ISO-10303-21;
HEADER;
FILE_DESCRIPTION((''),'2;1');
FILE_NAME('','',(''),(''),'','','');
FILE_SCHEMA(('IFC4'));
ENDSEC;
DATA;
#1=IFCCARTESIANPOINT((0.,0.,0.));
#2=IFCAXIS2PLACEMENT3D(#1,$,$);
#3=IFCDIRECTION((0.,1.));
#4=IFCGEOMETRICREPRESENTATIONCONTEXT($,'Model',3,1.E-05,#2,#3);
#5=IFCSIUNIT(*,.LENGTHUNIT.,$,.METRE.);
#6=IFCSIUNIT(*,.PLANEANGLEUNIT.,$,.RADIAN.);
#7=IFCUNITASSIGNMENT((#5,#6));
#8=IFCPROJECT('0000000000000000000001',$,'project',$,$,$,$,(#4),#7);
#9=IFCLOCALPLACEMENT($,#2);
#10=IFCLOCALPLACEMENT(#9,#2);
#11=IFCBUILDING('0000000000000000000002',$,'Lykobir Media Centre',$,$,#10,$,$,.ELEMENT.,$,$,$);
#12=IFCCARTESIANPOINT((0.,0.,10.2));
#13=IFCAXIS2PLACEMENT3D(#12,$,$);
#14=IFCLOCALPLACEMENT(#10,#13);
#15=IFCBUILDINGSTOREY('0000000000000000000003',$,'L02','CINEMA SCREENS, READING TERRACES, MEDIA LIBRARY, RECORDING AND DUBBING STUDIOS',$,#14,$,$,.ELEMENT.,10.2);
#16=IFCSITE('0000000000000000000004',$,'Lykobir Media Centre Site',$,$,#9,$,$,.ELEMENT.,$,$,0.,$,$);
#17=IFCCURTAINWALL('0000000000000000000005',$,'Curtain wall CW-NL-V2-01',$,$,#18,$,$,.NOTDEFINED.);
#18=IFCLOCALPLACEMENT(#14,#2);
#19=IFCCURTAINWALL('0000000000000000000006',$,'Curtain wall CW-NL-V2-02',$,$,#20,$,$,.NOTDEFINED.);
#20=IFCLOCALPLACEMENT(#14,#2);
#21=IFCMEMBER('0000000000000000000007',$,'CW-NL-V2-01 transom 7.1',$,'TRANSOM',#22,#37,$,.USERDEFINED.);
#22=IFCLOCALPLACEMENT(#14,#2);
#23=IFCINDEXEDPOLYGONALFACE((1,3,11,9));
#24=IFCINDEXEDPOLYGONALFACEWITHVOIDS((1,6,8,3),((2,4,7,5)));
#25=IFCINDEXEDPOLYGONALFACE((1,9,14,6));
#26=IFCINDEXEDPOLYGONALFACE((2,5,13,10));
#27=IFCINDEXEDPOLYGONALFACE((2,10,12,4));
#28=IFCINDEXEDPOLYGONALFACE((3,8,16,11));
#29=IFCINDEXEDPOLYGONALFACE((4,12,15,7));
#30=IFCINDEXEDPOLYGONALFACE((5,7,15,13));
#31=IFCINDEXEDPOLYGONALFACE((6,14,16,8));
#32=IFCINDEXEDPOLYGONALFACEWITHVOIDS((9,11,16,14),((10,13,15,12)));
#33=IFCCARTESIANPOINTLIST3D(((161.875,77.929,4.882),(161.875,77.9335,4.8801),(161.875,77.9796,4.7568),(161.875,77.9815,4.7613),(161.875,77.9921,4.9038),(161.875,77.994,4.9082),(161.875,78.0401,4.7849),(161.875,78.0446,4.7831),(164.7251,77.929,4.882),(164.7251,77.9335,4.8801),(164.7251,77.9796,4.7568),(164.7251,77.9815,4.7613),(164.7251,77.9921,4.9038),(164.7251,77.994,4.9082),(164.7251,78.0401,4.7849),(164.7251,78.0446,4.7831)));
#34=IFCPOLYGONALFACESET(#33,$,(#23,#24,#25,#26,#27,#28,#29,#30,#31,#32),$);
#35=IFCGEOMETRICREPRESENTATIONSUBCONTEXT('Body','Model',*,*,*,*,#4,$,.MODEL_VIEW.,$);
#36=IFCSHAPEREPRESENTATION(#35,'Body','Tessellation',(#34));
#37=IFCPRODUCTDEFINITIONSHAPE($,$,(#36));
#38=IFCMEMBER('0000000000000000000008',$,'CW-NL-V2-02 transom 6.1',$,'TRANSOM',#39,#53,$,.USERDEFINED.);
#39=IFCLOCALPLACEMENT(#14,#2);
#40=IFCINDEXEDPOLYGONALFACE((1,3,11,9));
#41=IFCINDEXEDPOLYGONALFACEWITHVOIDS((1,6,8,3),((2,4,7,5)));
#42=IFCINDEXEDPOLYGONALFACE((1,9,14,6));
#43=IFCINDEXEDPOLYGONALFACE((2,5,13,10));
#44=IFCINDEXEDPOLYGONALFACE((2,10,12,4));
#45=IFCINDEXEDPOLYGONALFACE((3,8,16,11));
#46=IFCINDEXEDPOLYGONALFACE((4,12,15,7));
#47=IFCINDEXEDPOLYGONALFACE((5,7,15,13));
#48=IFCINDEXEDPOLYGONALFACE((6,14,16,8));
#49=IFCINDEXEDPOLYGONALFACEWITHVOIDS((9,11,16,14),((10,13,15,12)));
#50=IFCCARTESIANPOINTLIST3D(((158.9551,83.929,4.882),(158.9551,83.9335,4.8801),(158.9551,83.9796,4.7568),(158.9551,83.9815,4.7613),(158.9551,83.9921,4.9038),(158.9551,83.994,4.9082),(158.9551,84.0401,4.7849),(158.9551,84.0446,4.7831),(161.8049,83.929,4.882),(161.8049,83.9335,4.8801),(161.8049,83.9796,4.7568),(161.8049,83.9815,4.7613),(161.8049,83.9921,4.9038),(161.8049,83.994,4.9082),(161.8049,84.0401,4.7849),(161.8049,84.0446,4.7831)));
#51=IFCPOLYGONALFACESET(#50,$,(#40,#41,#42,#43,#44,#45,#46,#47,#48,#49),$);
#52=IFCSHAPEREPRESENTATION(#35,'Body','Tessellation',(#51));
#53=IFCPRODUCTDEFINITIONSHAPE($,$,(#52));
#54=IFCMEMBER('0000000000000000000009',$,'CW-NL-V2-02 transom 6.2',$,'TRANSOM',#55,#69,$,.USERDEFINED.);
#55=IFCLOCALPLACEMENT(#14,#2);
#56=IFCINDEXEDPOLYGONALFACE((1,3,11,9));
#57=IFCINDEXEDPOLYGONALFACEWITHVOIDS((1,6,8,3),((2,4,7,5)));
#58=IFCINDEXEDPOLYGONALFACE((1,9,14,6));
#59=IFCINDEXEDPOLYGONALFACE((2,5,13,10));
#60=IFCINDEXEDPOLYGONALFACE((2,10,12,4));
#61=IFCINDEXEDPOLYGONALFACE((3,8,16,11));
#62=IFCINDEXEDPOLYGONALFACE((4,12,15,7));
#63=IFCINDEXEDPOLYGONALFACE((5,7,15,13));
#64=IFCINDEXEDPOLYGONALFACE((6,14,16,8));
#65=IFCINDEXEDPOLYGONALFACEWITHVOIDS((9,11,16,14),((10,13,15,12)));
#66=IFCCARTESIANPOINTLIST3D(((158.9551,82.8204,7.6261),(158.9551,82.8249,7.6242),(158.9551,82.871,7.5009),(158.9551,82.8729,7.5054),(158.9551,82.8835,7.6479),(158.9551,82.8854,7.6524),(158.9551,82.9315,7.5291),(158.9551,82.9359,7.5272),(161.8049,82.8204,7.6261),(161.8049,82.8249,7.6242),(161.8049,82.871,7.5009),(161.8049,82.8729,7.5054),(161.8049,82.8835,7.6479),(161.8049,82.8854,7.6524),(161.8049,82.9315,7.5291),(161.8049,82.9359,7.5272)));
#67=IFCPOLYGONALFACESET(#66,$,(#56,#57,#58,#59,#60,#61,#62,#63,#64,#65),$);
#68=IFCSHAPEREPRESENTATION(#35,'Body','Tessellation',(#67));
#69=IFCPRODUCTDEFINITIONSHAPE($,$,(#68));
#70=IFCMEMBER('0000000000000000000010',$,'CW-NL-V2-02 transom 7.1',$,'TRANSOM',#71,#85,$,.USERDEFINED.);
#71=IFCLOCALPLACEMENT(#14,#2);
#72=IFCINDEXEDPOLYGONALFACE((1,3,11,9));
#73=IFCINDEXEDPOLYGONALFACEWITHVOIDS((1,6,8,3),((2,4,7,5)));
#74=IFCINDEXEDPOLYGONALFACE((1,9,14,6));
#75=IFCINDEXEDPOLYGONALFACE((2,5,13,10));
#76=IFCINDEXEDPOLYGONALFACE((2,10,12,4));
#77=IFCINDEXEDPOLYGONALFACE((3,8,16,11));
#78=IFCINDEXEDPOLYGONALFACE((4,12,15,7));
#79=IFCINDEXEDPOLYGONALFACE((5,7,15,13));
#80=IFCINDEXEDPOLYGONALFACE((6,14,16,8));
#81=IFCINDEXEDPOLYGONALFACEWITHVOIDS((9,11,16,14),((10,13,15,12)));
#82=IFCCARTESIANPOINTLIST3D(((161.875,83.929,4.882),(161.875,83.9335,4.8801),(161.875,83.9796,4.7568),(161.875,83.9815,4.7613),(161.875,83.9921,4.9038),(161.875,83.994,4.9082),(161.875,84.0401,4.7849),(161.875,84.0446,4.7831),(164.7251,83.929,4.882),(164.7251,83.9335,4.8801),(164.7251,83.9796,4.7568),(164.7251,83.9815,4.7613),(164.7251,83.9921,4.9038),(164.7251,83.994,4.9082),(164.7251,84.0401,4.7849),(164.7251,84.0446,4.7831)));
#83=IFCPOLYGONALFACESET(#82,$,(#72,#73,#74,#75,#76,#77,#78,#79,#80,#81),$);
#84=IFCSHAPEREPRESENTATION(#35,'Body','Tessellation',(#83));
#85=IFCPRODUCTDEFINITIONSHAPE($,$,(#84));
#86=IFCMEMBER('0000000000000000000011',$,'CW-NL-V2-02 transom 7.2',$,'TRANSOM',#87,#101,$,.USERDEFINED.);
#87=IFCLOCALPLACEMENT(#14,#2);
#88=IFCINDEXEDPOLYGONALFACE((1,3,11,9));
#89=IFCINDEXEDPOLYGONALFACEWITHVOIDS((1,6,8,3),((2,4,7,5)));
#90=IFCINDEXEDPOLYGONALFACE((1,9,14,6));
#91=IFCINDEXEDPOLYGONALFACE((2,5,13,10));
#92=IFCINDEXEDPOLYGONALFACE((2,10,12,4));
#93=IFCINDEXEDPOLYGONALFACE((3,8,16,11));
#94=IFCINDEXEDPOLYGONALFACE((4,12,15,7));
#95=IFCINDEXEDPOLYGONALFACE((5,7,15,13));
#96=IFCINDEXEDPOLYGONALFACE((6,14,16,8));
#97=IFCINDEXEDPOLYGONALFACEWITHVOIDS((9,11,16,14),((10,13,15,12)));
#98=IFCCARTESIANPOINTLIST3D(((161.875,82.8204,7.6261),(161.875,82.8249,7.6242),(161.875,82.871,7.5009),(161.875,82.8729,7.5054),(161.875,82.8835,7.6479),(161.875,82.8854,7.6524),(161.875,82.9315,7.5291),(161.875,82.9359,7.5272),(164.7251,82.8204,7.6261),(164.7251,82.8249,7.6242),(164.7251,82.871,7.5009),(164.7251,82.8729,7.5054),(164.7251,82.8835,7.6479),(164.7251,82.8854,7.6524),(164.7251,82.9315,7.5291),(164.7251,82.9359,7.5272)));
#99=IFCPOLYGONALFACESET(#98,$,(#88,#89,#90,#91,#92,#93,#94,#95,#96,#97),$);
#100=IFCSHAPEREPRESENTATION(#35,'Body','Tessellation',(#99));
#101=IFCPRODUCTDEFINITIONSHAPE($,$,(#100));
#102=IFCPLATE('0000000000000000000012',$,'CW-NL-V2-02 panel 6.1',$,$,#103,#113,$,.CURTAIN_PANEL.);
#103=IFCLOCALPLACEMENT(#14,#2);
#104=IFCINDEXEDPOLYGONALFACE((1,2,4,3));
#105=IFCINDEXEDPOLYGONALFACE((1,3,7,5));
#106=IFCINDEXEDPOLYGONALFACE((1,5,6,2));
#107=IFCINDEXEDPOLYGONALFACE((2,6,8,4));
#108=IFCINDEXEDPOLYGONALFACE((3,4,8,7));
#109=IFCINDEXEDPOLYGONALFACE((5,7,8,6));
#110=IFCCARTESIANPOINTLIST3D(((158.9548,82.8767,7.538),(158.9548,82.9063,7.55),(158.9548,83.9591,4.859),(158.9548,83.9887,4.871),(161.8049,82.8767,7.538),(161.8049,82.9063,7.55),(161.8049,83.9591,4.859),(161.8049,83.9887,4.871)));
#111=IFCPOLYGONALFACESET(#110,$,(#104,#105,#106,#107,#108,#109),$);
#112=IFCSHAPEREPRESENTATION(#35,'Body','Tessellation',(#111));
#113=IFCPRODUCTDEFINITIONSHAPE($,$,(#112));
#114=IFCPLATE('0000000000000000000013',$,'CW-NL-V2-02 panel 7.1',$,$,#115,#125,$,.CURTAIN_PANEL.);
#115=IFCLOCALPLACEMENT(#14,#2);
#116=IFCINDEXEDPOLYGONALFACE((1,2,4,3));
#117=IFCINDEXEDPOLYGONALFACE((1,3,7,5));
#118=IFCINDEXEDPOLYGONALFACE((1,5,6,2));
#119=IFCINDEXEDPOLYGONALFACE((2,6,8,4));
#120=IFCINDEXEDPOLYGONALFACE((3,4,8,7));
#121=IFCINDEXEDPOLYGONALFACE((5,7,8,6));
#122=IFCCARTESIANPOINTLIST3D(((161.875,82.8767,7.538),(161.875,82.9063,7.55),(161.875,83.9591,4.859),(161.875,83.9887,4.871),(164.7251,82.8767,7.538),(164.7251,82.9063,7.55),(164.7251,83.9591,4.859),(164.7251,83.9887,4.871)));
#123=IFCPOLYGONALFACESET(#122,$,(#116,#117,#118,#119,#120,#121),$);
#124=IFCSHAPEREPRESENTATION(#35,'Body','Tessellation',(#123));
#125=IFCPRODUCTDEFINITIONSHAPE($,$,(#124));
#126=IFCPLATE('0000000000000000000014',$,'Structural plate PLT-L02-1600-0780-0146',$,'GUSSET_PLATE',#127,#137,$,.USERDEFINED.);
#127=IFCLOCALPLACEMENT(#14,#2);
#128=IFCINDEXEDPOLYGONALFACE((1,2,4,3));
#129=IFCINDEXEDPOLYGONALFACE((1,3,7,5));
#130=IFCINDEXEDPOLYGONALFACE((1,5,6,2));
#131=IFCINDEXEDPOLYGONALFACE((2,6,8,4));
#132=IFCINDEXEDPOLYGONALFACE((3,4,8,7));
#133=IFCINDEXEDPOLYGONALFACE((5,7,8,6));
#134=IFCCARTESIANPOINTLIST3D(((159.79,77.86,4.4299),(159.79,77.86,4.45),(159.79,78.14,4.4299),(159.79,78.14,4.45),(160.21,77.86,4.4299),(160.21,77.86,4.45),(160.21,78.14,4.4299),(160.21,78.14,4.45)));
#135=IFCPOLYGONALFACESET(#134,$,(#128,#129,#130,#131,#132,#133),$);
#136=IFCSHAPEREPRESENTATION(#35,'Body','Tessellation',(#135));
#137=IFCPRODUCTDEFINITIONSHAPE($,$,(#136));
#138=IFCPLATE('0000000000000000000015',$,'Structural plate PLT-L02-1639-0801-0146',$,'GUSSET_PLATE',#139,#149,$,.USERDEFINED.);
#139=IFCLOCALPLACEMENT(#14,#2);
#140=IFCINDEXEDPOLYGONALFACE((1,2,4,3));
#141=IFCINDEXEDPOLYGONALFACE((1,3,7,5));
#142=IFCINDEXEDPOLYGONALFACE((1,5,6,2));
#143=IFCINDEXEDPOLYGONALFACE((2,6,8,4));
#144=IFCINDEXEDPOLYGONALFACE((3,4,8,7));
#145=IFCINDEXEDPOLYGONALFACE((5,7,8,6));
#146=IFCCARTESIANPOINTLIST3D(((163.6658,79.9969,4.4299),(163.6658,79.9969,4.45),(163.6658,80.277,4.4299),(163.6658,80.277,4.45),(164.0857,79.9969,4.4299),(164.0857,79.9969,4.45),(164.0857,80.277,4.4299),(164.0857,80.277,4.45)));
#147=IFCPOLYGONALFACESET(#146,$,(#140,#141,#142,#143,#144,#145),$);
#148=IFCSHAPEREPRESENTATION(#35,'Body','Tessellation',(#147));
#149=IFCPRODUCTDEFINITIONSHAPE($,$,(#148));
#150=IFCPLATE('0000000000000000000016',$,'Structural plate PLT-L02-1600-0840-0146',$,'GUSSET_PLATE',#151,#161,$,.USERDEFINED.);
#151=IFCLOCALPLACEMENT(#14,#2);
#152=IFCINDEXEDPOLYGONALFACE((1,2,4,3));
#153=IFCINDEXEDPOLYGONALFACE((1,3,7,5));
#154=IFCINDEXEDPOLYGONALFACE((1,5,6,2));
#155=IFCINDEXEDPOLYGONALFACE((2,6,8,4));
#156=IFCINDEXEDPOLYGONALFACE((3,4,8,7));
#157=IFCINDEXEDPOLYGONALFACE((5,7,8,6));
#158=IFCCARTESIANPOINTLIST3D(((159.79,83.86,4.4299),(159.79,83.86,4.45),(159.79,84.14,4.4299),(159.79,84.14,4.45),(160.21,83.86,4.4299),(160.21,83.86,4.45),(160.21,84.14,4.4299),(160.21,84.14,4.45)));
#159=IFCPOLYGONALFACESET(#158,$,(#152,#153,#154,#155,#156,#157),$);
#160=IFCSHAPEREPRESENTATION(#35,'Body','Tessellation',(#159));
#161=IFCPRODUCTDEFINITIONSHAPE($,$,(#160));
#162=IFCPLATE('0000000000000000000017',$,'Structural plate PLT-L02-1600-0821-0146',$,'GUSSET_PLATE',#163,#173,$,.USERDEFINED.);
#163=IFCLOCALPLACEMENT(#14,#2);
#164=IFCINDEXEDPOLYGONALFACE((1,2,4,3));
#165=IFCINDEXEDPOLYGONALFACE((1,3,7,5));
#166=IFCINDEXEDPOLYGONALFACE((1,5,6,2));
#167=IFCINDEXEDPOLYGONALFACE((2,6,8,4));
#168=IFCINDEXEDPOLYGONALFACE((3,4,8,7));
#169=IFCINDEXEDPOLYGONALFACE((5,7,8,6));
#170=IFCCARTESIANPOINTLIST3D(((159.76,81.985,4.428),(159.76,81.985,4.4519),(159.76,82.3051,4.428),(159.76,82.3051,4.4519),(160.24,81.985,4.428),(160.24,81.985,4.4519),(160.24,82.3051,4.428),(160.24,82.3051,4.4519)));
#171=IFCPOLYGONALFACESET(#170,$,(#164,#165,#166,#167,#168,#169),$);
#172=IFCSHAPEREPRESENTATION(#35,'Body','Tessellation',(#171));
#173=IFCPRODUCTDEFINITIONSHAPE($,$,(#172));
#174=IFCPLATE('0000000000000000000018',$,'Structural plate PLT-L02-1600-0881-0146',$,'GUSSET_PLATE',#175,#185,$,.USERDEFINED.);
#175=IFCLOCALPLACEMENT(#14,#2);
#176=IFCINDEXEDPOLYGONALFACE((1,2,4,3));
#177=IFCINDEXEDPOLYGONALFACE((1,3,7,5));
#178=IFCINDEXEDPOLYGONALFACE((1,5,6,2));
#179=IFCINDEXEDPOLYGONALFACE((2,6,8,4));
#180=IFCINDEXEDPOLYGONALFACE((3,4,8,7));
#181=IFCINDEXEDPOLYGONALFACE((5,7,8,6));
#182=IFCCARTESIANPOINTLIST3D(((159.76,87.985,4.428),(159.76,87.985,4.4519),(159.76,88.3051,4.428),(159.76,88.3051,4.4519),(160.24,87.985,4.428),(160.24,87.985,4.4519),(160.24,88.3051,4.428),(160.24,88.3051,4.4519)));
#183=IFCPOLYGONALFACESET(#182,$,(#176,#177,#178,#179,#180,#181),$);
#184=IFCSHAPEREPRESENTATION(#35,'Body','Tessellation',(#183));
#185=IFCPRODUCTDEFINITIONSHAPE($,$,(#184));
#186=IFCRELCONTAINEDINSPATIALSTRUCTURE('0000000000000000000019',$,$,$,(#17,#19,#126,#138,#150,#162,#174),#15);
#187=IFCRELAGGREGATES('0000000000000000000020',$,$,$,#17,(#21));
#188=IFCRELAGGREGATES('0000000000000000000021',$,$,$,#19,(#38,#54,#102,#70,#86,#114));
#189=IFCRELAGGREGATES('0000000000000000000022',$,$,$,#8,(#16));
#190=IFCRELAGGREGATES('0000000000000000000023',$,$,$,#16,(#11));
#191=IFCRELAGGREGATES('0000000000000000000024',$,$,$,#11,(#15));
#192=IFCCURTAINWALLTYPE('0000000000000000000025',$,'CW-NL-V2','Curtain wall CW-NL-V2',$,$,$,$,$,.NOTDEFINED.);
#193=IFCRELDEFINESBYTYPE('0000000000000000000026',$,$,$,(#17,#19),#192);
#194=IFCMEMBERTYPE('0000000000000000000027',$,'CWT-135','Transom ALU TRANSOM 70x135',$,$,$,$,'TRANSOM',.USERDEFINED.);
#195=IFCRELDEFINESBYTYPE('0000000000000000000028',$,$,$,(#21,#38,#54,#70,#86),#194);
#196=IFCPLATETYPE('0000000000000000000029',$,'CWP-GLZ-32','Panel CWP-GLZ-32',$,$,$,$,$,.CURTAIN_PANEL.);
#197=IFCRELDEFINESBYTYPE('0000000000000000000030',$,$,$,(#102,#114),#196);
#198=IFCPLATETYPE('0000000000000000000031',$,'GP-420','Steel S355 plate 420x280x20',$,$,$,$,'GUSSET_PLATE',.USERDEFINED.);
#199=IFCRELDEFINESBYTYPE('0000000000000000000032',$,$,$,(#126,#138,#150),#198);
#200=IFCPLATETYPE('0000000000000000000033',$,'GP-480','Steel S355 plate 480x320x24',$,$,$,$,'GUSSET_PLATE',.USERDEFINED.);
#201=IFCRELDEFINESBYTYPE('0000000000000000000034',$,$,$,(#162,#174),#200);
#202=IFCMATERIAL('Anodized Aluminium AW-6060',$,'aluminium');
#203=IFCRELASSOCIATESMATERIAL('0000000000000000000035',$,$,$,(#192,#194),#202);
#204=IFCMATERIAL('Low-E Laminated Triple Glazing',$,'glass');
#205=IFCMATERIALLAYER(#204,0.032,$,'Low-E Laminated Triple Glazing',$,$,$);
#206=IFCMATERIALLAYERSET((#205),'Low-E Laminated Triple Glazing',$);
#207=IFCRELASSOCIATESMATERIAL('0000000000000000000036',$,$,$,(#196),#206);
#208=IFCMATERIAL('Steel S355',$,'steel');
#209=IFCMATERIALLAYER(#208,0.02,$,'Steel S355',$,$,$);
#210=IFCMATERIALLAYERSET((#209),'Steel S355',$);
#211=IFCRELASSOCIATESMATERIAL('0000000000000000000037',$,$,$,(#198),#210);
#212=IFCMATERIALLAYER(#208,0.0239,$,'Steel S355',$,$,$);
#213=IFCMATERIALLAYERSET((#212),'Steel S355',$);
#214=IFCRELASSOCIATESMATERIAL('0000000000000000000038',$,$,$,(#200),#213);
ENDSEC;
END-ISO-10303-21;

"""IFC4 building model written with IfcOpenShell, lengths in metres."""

from ifc_helpers import new_model, si_unit, direction, frame, origin, origin_2d, place, context, subcontext, project, spatial, rectangle, hollow_rectangle, extrude, material, layer, layer_set, material_profile, profile_set, type_object, element, aggregate, save


model = new_model("IFC4")

# Units and contexts
model_context = context("Model", 3, precision=1e-05, world=origin(), true_north=direction((0.0, 1.0)))
body_context = subcontext(model_context, "Body", "Model", "MODEL_VIEW")
ifc_project = project(units=[si_unit("LENGTHUNIT", "METRE"), si_unit("PLANEANGLEUNIT", "RADIAN")], contexts=[model_context])

# Site, building, storey
site_placement = place(None, origin())
site = spatial("IfcSite", under=ifc_project, at=site_placement, Name="Lykobir Media Centre Site", CompositionType="ELEMENT", RefElevation=0.0)
building_placement = place(site_placement, origin())
building = spatial("IfcBuilding", under=site, at=building_placement, Name="Lykobir Media Centre", CompositionType="ELEMENT")
storey_placement = place(building_placement, frame((0.0, 0.0, 10.2)))
storey = spatial("IfcBuildingStorey", under=building, at=storey_placement, Name="L02", Description="CINEMA SCREENS, READING TERRACES, MEDIA LIBRARY, RECORDING AND DUBBING STUDIOS", CompositionType="ELEMENT", Elevation=10.2)

# Shared definitions
ifc_material_1 = material(Name="Steel S355", Category="steel")

# Curtain walls
ifc_material_2 = material(Name="Anodized Aluminium AW-6060", Category="aluminium")
curtain_wall_type = type_object("IfcCurtainWallType", Name="CW-NL-V2", Description="Curtain wall CW-NL-V2", PredefinedType="NOTDEFINED", material=ifc_material_2)
curtain_wall_1_placement = place(storey_placement, origin())
curtain_wall_1 = element("IfcCurtainWall", 1, at=curtain_wall_1_placement, inside=storey, type_object=curtain_wall_type, Name="Curtain wall CW-NL-V2-01", PredefinedType="NOTDEFINED")
curtain_wall_2_placement = place(storey_placement, origin())
curtain_wall_2 = element("IfcCurtainWall", 2, at=curtain_wall_2_placement, inside=storey, type_object=curtain_wall_type, Name="Curtain wall CW-NL-V2-02", PredefinedType="NOTDEFINED")

# Members
ifc_material_profile_1 = material_profile(ifc_material_2, hollow_rectangle(XDim=0.0701, YDim=0.135, WallThickness=0.0034, at=origin_2d()), Name="ALU TRANSOM 70x135")
ifc_profile_set_1 = profile_set([ifc_material_profile_1], Name="Anodized Aluminium AW-6060")
member_type_1 = type_object("IfcMemberType", Name="CWT-135", Description="Transom ALU TRANSOM 70x135", ElementType="TRANSOM", PredefinedType="USERDEFINED", material=ifc_profile_set_1)
member_1_placement = place(storey_placement, frame((161.875, 77.9868, 4.8325), z_axis=(1.0, 0.0, 0.0), x_axis=(0.0, 0.927184, 0.374607)))
member_1 = element("IfcMember", 3, at=member_1_placement, type_object=member_type_1, Name="CW-NL-V2-01 transom 7.1", ObjectType="TRANSOM", PredefinedType="USERDEFINED", context=body_context, shape_type="SweptSolid", body=[
    extrude(hollow_rectangle(XDim=0.0701, YDim=0.135, WallThickness=0.0034, at=origin_2d()), origin(), (0.0, 0.0, 1.0), 2.8501),
])
aggregate(curtain_wall_1, [member_1])
member_2_placement = place(storey_placement, frame((158.9551, 83.9868, 4.8325), z_axis=(1.0, 0.0, 0.0), x_axis=(0.0, 0.927184, 0.374607)))
member_2 = element("IfcMember", 4, at=member_2_placement, type_object=member_type_1, Name="CW-NL-V2-02 transom 6.1", ObjectType="TRANSOM", PredefinedType="USERDEFINED", context=body_context, shape_type="SweptSolid", body=[
    extrude(hollow_rectangle(XDim=0.0701, YDim=0.135, WallThickness=0.0034, at=origin_2d()), origin(), (0.0, 0.0, 1.0), 2.8499),
])
member_3_placement = place(storey_placement, frame((158.9551, 82.8782, 7.5767), z_axis=(1.0, 0.0, 0.0), x_axis=(0.0, 0.927184, 0.374607)))
member_3 = element("IfcMember", 5, at=member_3_placement, type_object=member_type_1, Name="CW-NL-V2-02 transom 6.2", ObjectType="TRANSOM", PredefinedType="USERDEFINED", context=body_context, shape_type="SweptSolid", body=[
    extrude(hollow_rectangle(XDim=0.0701, YDim=0.135, WallThickness=0.0034, at=origin_2d()), origin(), (0.0, 0.0, 1.0), 2.8499),
])
member_4_placement = place(storey_placement, frame((161.875, 83.9868, 4.8325), z_axis=(1.0, 0.0, 0.0), x_axis=(0.0, 0.927184, 0.374607)))
member_4 = element("IfcMember", 6, at=member_4_placement, type_object=member_type_1, Name="CW-NL-V2-02 transom 7.1", ObjectType="TRANSOM", PredefinedType="USERDEFINED", context=body_context, shape_type="SweptSolid", body=[
    extrude(hollow_rectangle(XDim=0.0701, YDim=0.135, WallThickness=0.0034, at=origin_2d()), origin(), (0.0, 0.0, 1.0), 2.8501),
])
member_5_placement = place(storey_placement, frame((161.875, 82.8782, 7.5767), z_axis=(1.0, 0.0, 0.0), x_axis=(0.0, 0.927184, 0.374607)))
member_5 = element("IfcMember", 7, at=member_5_placement, type_object=member_type_1, Name="CW-NL-V2-02 transom 7.2", ObjectType="TRANSOM", PredefinedType="USERDEFINED", context=body_context, shape_type="SweptSolid", body=[
    extrude(hollow_rectangle(XDim=0.0701, YDim=0.135, WallThickness=0.0034, at=origin_2d()), origin(), (0.0, 0.0, 1.0), 2.8501),
])

# Plates
ifc_material_3 = material(Name="Low-E Laminated Triple Glazing", Category="glass")
ifc_layer_1 = layer(ifc_material_3, 0.032, Name="Low-E Laminated Triple Glazing")
ifc_layer_set_1 = layer_set([ifc_layer_1], Name="Low-E Laminated Triple Glazing")
plate_type_1 = type_object("IfcPlateType", Name="CWP-GLZ-32", Description="Panel CWP-GLZ-32", PredefinedType="CURTAIN_PANEL", material=ifc_layer_set_1)
plate_1_placement = place(storey_placement, frame((160.3799, 83.9739, 4.865), z_axis=(0.0, -0.374607, 0.927184), x_axis=(1.0, 0.0, 0.0)))
plate_1 = element("IfcPlate", 8, at=plate_1_placement, type_object=plate_type_1, Name="CW-NL-V2-02 panel 6.1", PredefinedType="CURTAIN_PANEL", context=body_context, shape_type="SweptSolid", body=[
    extrude(rectangle(XDim=2.8501, YDim=0.032, at=origin_2d()), origin(), (0.0, 0.0, 1.0), 2.8894),
])
plate_2_placement = place(storey_placement, frame((163.3, 83.9739, 4.865), z_axis=(0.0, -0.374607, 0.927184), x_axis=(1.0, 0.0, 0.0)))
plate_2 = element("IfcPlate", 9, at=plate_2_placement, type_object=plate_type_1, Name="CW-NL-V2-02 panel 7.1", PredefinedType="CURTAIN_PANEL", context=body_context, shape_type="SweptSolid", body=[
    extrude(rectangle(XDim=2.8501, YDim=0.032, at=origin_2d()), origin(), (0.0, 0.0, 1.0), 2.8894),
])
aggregate(curtain_wall_2, [member_2, member_3, plate_1, member_4, member_5, plate_2])

# Plates
ifc_layer_2 = layer(ifc_material_1, 0.02, Name="Steel S355")
ifc_layer_set_2 = layer_set([ifc_layer_2], Name="Steel S355")
plate_type_2 = type_object("IfcPlateType", Name="GP-420", Description="Steel S355 plate 420x280x20", ElementType="GUSSET_PLATE", PredefinedType="USERDEFINED", material=ifc_layer_set_2)
for number, where, z_axis, x_axis, name in (
    (10, (160.0, 78.0, 4.4299), (0.0, 0.0, 1.0), (1.0, 0.0, 0.0), "Structural plate PLT-L02-1600-0780-0146"),
    (11, (163.8757, 80.137, 4.4299), (0.0, 0.0, 1.0), (1.0, 0.0, 0.0), "Structural plate PLT-L02-1639-0801-0146"),
    (12, (160.0, 84.0, 4.4299), (0.0, 0.0, 1.0), (1.0, 0.0, 0.0), "Structural plate PLT-L02-1600-0840-0146"),
):
    element("IfcPlate", number, at=place(storey_placement, frame(where, z_axis=z_axis, x_axis=x_axis)), inside=storey, type_object=plate_type_2, Name=name, ObjectType="GUSSET_PLATE", PredefinedType="USERDEFINED", context=body_context, shape_type="SweptSolid", body=[
        extrude(rectangle(XDim=0.4199, YDim=0.28, at=origin_2d()), origin(), (0.0, 0.0, 1.0), 0.02),
    ])
ifc_layer_3 = layer(ifc_material_1, 0.0239, Name="Steel S355")
ifc_layer_set_3 = layer_set([ifc_layer_3], Name="Steel S355")
plate_type_3 = type_object("IfcPlateType", Name="GP-480", Description="Steel S355 plate 480x320x24", ElementType="GUSSET_PLATE", PredefinedType="USERDEFINED", material=ifc_layer_set_3)
for number, where, z_axis, x_axis, name in (
    (13, (160.0, 82.145, 4.428), (0.0, 0.0, 1.0), (1.0, 0.0, 0.0), "Structural plate PLT-L02-1600-0821-0146"),
    (14, (160.0, 88.145, 4.428), (0.0, 0.0, 1.0), (1.0, 0.0, 0.0), "Structural plate PLT-L02-1600-0881-0146"),
):
    element("IfcPlate", number, at=place(storey_placement, frame(where, z_axis=z_axis, x_axis=x_axis)), inside=storey, type_object=plate_type_3, Name=name, ObjectType="GUSSET_PLATE", PredefinedType="USERDEFINED", context=body_context, shape_type="SweptSolid", body=[
        extrude(rectangle(XDim=0.48, YDim=0.3201, at=origin_2d()), origin(), (0.0, 0.0, 1.0), 0.0239),
    ])

save(model, "model.ifc")
